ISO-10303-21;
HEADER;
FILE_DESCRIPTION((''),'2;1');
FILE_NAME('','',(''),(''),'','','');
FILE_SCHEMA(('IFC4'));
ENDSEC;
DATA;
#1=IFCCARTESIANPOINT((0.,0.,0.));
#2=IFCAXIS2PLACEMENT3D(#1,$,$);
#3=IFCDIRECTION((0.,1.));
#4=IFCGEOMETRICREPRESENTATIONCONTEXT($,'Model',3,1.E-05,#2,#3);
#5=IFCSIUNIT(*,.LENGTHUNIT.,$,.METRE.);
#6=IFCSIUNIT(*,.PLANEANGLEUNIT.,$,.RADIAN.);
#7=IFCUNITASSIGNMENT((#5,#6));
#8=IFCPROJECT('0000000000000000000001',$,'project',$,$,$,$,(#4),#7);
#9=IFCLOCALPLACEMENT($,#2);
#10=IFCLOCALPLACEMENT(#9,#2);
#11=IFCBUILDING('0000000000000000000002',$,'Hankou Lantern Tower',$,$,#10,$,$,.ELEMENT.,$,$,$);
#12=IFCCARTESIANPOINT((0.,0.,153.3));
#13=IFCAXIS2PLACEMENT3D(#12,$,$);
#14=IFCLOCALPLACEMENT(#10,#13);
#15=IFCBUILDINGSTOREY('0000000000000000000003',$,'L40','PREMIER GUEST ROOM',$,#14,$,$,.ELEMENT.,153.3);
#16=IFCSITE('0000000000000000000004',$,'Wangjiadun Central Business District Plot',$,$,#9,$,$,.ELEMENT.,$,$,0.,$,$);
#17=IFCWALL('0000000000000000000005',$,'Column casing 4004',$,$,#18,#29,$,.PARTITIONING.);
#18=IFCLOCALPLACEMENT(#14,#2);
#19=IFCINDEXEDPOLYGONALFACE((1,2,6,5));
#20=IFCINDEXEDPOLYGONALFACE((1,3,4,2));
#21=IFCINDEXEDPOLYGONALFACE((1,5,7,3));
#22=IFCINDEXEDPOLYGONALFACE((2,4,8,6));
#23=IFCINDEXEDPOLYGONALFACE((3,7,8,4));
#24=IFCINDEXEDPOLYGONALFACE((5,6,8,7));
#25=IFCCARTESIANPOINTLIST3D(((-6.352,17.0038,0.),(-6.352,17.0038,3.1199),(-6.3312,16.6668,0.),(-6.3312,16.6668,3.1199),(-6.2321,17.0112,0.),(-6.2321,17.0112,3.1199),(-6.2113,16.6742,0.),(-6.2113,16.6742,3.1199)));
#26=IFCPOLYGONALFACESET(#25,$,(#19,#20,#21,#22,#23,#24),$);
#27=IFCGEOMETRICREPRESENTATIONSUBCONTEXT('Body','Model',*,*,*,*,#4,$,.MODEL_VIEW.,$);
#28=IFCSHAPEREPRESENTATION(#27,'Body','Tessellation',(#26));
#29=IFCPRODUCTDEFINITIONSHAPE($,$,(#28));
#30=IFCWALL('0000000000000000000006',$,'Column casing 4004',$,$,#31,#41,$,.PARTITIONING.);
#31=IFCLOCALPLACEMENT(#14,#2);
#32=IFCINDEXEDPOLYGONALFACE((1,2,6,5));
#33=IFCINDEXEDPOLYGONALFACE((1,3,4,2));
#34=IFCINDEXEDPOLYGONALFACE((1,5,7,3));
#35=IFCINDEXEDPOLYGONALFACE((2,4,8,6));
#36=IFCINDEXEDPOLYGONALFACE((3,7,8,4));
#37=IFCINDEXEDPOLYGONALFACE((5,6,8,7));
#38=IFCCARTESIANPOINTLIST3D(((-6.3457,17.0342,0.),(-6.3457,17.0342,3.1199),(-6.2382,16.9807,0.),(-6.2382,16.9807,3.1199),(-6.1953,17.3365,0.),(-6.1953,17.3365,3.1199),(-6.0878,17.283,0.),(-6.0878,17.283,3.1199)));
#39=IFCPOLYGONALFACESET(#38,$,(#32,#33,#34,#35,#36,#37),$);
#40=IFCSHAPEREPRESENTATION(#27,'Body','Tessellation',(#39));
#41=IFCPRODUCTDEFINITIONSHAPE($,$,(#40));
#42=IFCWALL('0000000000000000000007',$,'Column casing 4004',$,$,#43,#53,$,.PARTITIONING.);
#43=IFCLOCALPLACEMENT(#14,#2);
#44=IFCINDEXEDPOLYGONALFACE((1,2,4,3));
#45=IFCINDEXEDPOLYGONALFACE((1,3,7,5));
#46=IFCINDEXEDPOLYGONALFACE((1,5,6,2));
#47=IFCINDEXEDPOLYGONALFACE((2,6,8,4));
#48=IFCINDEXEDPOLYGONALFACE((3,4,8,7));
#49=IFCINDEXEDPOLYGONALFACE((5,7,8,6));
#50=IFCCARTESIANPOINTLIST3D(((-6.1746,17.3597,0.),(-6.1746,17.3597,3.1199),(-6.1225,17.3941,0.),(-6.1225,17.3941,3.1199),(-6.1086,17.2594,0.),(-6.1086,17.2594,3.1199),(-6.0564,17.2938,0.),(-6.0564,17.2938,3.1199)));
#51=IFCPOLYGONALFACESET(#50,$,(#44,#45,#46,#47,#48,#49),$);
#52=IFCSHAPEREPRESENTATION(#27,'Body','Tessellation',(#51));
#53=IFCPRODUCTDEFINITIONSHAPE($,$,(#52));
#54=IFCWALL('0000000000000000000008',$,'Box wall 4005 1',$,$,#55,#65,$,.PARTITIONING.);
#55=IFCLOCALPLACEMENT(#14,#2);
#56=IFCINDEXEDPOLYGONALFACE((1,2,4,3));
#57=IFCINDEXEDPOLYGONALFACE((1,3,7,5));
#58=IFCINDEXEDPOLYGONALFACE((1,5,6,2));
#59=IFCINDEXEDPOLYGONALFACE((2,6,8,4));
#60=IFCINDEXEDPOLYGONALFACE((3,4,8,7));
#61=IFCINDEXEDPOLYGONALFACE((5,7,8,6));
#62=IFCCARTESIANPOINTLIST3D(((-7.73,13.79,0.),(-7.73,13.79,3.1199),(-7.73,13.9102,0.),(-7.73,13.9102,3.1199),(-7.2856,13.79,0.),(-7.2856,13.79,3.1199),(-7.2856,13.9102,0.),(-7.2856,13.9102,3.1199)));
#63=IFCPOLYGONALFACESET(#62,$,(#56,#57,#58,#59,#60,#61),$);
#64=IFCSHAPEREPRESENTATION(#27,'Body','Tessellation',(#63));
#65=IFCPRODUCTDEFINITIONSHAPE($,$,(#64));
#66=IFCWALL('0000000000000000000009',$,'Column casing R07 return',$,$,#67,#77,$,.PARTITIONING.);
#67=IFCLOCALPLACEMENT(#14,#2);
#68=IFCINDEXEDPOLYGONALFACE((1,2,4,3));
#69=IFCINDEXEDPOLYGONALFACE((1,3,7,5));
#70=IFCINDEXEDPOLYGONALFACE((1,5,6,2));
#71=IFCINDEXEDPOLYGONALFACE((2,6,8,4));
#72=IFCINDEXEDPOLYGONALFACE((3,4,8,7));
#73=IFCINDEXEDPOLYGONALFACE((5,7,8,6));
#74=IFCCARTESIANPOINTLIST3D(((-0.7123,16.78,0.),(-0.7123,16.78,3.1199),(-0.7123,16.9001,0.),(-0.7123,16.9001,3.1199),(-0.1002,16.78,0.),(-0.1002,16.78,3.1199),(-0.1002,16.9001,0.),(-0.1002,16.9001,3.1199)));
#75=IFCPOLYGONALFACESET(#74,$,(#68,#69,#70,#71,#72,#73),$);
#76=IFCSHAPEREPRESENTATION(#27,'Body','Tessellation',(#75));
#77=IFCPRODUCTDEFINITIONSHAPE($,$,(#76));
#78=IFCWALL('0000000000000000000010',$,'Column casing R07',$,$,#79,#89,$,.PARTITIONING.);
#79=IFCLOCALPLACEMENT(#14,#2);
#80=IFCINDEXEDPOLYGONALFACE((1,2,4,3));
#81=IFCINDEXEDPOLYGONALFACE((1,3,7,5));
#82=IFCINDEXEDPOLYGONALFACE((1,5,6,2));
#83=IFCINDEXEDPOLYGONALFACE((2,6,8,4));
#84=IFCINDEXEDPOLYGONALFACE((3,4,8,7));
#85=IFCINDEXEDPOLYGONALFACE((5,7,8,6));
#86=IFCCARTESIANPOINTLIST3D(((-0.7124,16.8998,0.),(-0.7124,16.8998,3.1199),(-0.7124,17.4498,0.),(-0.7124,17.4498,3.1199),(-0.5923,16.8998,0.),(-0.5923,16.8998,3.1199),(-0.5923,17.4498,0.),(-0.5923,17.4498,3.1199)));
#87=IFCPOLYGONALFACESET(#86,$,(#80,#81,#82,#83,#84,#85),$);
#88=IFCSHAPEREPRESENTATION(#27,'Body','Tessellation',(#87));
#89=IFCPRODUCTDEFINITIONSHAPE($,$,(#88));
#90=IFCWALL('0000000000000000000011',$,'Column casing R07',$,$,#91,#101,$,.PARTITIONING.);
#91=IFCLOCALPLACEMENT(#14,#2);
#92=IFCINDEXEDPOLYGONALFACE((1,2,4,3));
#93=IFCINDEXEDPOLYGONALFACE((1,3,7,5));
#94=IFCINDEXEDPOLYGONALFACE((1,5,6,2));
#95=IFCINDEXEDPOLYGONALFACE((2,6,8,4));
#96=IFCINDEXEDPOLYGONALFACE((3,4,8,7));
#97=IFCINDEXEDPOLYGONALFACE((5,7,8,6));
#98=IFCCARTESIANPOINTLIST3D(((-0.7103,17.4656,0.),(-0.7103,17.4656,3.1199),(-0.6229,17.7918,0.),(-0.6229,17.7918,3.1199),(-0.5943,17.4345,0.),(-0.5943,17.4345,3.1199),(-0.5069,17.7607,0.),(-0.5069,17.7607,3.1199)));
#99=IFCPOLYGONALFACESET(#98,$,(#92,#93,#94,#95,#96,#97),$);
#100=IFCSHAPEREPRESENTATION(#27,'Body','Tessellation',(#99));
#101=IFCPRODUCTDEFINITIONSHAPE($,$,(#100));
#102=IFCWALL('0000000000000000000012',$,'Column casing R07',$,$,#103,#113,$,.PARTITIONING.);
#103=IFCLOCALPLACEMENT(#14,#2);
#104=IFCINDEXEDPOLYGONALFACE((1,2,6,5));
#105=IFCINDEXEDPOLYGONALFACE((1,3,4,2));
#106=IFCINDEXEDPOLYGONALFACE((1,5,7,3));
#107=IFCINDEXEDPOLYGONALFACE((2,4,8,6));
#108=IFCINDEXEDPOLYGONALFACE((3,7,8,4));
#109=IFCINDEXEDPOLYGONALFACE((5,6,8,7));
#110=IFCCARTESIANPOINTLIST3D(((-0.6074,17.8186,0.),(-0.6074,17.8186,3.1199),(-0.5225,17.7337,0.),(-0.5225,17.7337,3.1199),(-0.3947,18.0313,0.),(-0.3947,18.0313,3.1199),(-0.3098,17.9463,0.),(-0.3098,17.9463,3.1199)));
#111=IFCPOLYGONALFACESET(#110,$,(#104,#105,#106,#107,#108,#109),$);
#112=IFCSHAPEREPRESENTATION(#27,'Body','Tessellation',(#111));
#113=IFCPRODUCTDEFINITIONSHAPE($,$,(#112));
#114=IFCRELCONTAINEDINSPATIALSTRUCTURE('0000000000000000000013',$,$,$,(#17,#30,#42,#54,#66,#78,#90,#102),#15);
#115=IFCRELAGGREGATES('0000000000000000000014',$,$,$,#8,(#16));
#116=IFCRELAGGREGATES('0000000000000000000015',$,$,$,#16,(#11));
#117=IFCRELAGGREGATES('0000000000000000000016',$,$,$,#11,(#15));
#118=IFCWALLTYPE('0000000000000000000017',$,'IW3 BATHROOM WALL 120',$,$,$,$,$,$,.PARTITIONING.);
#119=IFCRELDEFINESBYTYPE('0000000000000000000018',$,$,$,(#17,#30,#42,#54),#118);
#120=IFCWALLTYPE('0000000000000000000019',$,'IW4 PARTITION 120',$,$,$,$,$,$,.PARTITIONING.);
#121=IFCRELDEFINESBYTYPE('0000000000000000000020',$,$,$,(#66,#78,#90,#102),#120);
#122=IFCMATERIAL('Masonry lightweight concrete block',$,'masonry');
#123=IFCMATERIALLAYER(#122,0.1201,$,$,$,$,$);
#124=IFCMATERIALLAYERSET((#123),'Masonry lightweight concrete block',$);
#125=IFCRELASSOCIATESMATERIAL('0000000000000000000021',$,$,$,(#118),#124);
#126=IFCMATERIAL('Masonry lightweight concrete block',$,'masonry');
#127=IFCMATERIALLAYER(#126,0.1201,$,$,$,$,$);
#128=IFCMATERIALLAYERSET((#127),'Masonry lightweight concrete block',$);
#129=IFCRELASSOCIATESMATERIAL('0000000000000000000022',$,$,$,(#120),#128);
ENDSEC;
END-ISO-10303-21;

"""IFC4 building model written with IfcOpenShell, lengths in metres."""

from ifc_helpers import new_model, si_unit, direction, frame, frame_2d, origin, place, context, subcontext, project, spatial, rectangle, extrude, material, layer, layer_set, type_object, element, save


model = new_model("IFC4")

# Units and contexts
model_context = context("Model", 3, precision=1e-05, world=origin(), true_north=direction((0.0, 1.0)))
body_context = subcontext(model_context, "Body", "Model", "MODEL_VIEW")
ifc_project = project(units=[si_unit("LENGTHUNIT", "METRE"), si_unit("PLANEANGLEUNIT", "RADIAN")], contexts=[model_context])

# Site, building, storey
site_placement = place(None, origin())
site = spatial("IfcSite", under=ifc_project, at=site_placement, Name="Wangjiadun Central Business District Plot", CompositionType="ELEMENT", RefElevation=0.0)
building_placement = place(site_placement, origin())
building = spatial("IfcBuilding", under=site, at=building_placement, Name="Hankou Lantern Tower", CompositionType="ELEMENT")
storey_placement = place(building_placement, frame((0.0, 0.0, 153.3)))
storey = spatial("IfcBuildingStorey", under=building, at=storey_placement, Name="L40", Description="PREMIER GUEST ROOM", CompositionType="ELEMENT", Elevation=153.3)

# Shared definitions
ifc_material_1 = material(Name="Masonry lightweight concrete block", Category="masonry")
ifc_layer_1 = layer(ifc_material_1, 0.1201)
ifc_layer_set_1 = layer_set([ifc_layer_1], Name="Masonry lightweight concrete block")
wall_type_1 = type_object("IfcWallType", Name="IW3 BATHROOM WALL 120", PredefinedType="PARTITIONING", material=ifc_layer_set_1)

# Walls
for number, where, z_axis, x_axis, name in (
    (1, (-6.2712, 16.6704, 0.0), (0.0, 0.0, 1.0), (-0.061478, 0.998108, 0.0), "Column casing 4004"),
    (2, (-6.292, 17.0073, 0.0), (0.0, 0.0, 1.0), (0.445477, 0.895293, 0.0), "Column casing 4004"),
):
    element("IfcWall", number, at=place(storey_placement, frame(where, z_axis=z_axis, x_axis=x_axis)), inside=storey, type_object=wall_type_1, Name=name, PredefinedType="PARTITIONING", context=body_context, shape_type="SweptSolid", body=[
        extrude(rectangle(XDim=0.3376, YDim=0.1201, at=frame_2d((0.1689, 0.0))), origin(), (0.0, 0.0, 1.0), 3.1199),
    ])
wall_1_placement = place(storey_placement, frame((-6.1416, 17.3096, 0.0), z_axis=(0.0, 0.0, 1.0), x_axis=(0.83504, 0.55019, 0.0)))
element("IfcWall", 3, at=wall_1_placement, inside=storey, type_object=wall_type_1, Name="Column casing 4004", PredefinedType="PARTITIONING", context=body_context, shape_type="SweptSolid", body=[
    extrude(rectangle(XDim=0.0625, YDim=0.1201, at=frame_2d((0.0312, 0.0))), origin(), (0.0, 0.0, 1.0), 3.1199),
])
wall_2_placement = place(storey_placement, frame((-7.2856, 13.8501, 0.0), z_axis=(0.0, 0.0, 1.0), x_axis=(-1.0, 0.0, 0.0)))
element("IfcWall", 4, at=wall_2_placement, inside=storey, type_object=wall_type_1, Name="Box wall 4005 1", PredefinedType="PARTITIONING", context=body_context, shape_type="SweptSolid", body=[
    extrude(rectangle(XDim=0.4443, YDim=0.1201, at=frame_2d((0.2222, 0.0))), origin(), (0.0, 0.0, 1.0), 3.1199),
])
ifc_material_2 = material(Name="Masonry lightweight concrete block", Category="masonry")
ifc_layer_2 = layer(ifc_material_2, 0.1201)
ifc_layer_set_2 = layer_set([ifc_layer_2], Name="Masonry lightweight concrete block")
wall_type_2 = type_object("IfcWallType", Name="IW4 PARTITION 120", PredefinedType="PARTITIONING", material=ifc_layer_set_2)
wall_3_placement = place(storey_placement, frame((-0.1001, 16.8401, 0.0), z_axis=(0.0, 0.0, 1.0), x_axis=(-1.0, 0.0, 0.0)))
element("IfcWall", 5, at=wall_3_placement, inside=storey, type_object=wall_type_2, Name="Column casing R07 return", PredefinedType="PARTITIONING", context=body_context, shape_type="SweptSolid", body=[
    extrude(rectangle(XDim=0.6121, YDim=0.1201, at=frame_2d((0.3062, 0.0))), origin(), (0.0, 0.0, 1.0), 3.1199),
])
wall_4_placement = place(storey_placement, frame((-0.6523, 16.8999, 0.0), z_axis=(0.0, 0.0, 1.0), x_axis=(0.0, 1.0, 0.0)))
element("IfcWall", 6, at=wall_4_placement, inside=storey, type_object=wall_type_2, Name="Column casing R07", PredefinedType="PARTITIONING", context=body_context, shape_type="SweptSolid", body=[
    extrude(rectangle(XDim=0.55, YDim=0.1201, at=frame_2d((0.2749, 0.0))), origin(), (0.0, 0.0, 1.0), 3.1199),
])
wall_5_placement = place(storey_placement, frame((-0.6523, 17.45, 0.0), z_axis=(0.0, 0.0, 1.0), x_axis=(0.258832, 0.965922, 0.0)))
element("IfcWall", 7, at=wall_5_placement, inside=storey, type_object=wall_type_2, Name="Column casing R07", PredefinedType="PARTITIONING", context=body_context, shape_type="SweptSolid", body=[
    extrude(rectangle(XDim=0.3376, YDim=0.1201, at=frame_2d((0.1689, 0.0))), origin(), (0.0, 0.0, 1.0), 3.1199),
])
wall_6_placement = place(storey_placement, frame((-0.5649, 17.7761, 0.0), z_axis=(0.0, 0.0, 1.0), x_axis=(0.707107, 0.707107, 0.0)))
element("IfcWall", 8, at=wall_6_placement, inside=storey, type_object=wall_type_2, Name="Column casing R07", PredefinedType="PARTITIONING", context=body_context, shape_type="SweptSolid", body=[
    extrude(rectangle(XDim=0.3008, YDim=0.1201, at=frame_2d((0.1504, 0.0))), origin(), (0.0, 0.0, 1.0), 3.1199),
])

save(model, "model.ifc")
